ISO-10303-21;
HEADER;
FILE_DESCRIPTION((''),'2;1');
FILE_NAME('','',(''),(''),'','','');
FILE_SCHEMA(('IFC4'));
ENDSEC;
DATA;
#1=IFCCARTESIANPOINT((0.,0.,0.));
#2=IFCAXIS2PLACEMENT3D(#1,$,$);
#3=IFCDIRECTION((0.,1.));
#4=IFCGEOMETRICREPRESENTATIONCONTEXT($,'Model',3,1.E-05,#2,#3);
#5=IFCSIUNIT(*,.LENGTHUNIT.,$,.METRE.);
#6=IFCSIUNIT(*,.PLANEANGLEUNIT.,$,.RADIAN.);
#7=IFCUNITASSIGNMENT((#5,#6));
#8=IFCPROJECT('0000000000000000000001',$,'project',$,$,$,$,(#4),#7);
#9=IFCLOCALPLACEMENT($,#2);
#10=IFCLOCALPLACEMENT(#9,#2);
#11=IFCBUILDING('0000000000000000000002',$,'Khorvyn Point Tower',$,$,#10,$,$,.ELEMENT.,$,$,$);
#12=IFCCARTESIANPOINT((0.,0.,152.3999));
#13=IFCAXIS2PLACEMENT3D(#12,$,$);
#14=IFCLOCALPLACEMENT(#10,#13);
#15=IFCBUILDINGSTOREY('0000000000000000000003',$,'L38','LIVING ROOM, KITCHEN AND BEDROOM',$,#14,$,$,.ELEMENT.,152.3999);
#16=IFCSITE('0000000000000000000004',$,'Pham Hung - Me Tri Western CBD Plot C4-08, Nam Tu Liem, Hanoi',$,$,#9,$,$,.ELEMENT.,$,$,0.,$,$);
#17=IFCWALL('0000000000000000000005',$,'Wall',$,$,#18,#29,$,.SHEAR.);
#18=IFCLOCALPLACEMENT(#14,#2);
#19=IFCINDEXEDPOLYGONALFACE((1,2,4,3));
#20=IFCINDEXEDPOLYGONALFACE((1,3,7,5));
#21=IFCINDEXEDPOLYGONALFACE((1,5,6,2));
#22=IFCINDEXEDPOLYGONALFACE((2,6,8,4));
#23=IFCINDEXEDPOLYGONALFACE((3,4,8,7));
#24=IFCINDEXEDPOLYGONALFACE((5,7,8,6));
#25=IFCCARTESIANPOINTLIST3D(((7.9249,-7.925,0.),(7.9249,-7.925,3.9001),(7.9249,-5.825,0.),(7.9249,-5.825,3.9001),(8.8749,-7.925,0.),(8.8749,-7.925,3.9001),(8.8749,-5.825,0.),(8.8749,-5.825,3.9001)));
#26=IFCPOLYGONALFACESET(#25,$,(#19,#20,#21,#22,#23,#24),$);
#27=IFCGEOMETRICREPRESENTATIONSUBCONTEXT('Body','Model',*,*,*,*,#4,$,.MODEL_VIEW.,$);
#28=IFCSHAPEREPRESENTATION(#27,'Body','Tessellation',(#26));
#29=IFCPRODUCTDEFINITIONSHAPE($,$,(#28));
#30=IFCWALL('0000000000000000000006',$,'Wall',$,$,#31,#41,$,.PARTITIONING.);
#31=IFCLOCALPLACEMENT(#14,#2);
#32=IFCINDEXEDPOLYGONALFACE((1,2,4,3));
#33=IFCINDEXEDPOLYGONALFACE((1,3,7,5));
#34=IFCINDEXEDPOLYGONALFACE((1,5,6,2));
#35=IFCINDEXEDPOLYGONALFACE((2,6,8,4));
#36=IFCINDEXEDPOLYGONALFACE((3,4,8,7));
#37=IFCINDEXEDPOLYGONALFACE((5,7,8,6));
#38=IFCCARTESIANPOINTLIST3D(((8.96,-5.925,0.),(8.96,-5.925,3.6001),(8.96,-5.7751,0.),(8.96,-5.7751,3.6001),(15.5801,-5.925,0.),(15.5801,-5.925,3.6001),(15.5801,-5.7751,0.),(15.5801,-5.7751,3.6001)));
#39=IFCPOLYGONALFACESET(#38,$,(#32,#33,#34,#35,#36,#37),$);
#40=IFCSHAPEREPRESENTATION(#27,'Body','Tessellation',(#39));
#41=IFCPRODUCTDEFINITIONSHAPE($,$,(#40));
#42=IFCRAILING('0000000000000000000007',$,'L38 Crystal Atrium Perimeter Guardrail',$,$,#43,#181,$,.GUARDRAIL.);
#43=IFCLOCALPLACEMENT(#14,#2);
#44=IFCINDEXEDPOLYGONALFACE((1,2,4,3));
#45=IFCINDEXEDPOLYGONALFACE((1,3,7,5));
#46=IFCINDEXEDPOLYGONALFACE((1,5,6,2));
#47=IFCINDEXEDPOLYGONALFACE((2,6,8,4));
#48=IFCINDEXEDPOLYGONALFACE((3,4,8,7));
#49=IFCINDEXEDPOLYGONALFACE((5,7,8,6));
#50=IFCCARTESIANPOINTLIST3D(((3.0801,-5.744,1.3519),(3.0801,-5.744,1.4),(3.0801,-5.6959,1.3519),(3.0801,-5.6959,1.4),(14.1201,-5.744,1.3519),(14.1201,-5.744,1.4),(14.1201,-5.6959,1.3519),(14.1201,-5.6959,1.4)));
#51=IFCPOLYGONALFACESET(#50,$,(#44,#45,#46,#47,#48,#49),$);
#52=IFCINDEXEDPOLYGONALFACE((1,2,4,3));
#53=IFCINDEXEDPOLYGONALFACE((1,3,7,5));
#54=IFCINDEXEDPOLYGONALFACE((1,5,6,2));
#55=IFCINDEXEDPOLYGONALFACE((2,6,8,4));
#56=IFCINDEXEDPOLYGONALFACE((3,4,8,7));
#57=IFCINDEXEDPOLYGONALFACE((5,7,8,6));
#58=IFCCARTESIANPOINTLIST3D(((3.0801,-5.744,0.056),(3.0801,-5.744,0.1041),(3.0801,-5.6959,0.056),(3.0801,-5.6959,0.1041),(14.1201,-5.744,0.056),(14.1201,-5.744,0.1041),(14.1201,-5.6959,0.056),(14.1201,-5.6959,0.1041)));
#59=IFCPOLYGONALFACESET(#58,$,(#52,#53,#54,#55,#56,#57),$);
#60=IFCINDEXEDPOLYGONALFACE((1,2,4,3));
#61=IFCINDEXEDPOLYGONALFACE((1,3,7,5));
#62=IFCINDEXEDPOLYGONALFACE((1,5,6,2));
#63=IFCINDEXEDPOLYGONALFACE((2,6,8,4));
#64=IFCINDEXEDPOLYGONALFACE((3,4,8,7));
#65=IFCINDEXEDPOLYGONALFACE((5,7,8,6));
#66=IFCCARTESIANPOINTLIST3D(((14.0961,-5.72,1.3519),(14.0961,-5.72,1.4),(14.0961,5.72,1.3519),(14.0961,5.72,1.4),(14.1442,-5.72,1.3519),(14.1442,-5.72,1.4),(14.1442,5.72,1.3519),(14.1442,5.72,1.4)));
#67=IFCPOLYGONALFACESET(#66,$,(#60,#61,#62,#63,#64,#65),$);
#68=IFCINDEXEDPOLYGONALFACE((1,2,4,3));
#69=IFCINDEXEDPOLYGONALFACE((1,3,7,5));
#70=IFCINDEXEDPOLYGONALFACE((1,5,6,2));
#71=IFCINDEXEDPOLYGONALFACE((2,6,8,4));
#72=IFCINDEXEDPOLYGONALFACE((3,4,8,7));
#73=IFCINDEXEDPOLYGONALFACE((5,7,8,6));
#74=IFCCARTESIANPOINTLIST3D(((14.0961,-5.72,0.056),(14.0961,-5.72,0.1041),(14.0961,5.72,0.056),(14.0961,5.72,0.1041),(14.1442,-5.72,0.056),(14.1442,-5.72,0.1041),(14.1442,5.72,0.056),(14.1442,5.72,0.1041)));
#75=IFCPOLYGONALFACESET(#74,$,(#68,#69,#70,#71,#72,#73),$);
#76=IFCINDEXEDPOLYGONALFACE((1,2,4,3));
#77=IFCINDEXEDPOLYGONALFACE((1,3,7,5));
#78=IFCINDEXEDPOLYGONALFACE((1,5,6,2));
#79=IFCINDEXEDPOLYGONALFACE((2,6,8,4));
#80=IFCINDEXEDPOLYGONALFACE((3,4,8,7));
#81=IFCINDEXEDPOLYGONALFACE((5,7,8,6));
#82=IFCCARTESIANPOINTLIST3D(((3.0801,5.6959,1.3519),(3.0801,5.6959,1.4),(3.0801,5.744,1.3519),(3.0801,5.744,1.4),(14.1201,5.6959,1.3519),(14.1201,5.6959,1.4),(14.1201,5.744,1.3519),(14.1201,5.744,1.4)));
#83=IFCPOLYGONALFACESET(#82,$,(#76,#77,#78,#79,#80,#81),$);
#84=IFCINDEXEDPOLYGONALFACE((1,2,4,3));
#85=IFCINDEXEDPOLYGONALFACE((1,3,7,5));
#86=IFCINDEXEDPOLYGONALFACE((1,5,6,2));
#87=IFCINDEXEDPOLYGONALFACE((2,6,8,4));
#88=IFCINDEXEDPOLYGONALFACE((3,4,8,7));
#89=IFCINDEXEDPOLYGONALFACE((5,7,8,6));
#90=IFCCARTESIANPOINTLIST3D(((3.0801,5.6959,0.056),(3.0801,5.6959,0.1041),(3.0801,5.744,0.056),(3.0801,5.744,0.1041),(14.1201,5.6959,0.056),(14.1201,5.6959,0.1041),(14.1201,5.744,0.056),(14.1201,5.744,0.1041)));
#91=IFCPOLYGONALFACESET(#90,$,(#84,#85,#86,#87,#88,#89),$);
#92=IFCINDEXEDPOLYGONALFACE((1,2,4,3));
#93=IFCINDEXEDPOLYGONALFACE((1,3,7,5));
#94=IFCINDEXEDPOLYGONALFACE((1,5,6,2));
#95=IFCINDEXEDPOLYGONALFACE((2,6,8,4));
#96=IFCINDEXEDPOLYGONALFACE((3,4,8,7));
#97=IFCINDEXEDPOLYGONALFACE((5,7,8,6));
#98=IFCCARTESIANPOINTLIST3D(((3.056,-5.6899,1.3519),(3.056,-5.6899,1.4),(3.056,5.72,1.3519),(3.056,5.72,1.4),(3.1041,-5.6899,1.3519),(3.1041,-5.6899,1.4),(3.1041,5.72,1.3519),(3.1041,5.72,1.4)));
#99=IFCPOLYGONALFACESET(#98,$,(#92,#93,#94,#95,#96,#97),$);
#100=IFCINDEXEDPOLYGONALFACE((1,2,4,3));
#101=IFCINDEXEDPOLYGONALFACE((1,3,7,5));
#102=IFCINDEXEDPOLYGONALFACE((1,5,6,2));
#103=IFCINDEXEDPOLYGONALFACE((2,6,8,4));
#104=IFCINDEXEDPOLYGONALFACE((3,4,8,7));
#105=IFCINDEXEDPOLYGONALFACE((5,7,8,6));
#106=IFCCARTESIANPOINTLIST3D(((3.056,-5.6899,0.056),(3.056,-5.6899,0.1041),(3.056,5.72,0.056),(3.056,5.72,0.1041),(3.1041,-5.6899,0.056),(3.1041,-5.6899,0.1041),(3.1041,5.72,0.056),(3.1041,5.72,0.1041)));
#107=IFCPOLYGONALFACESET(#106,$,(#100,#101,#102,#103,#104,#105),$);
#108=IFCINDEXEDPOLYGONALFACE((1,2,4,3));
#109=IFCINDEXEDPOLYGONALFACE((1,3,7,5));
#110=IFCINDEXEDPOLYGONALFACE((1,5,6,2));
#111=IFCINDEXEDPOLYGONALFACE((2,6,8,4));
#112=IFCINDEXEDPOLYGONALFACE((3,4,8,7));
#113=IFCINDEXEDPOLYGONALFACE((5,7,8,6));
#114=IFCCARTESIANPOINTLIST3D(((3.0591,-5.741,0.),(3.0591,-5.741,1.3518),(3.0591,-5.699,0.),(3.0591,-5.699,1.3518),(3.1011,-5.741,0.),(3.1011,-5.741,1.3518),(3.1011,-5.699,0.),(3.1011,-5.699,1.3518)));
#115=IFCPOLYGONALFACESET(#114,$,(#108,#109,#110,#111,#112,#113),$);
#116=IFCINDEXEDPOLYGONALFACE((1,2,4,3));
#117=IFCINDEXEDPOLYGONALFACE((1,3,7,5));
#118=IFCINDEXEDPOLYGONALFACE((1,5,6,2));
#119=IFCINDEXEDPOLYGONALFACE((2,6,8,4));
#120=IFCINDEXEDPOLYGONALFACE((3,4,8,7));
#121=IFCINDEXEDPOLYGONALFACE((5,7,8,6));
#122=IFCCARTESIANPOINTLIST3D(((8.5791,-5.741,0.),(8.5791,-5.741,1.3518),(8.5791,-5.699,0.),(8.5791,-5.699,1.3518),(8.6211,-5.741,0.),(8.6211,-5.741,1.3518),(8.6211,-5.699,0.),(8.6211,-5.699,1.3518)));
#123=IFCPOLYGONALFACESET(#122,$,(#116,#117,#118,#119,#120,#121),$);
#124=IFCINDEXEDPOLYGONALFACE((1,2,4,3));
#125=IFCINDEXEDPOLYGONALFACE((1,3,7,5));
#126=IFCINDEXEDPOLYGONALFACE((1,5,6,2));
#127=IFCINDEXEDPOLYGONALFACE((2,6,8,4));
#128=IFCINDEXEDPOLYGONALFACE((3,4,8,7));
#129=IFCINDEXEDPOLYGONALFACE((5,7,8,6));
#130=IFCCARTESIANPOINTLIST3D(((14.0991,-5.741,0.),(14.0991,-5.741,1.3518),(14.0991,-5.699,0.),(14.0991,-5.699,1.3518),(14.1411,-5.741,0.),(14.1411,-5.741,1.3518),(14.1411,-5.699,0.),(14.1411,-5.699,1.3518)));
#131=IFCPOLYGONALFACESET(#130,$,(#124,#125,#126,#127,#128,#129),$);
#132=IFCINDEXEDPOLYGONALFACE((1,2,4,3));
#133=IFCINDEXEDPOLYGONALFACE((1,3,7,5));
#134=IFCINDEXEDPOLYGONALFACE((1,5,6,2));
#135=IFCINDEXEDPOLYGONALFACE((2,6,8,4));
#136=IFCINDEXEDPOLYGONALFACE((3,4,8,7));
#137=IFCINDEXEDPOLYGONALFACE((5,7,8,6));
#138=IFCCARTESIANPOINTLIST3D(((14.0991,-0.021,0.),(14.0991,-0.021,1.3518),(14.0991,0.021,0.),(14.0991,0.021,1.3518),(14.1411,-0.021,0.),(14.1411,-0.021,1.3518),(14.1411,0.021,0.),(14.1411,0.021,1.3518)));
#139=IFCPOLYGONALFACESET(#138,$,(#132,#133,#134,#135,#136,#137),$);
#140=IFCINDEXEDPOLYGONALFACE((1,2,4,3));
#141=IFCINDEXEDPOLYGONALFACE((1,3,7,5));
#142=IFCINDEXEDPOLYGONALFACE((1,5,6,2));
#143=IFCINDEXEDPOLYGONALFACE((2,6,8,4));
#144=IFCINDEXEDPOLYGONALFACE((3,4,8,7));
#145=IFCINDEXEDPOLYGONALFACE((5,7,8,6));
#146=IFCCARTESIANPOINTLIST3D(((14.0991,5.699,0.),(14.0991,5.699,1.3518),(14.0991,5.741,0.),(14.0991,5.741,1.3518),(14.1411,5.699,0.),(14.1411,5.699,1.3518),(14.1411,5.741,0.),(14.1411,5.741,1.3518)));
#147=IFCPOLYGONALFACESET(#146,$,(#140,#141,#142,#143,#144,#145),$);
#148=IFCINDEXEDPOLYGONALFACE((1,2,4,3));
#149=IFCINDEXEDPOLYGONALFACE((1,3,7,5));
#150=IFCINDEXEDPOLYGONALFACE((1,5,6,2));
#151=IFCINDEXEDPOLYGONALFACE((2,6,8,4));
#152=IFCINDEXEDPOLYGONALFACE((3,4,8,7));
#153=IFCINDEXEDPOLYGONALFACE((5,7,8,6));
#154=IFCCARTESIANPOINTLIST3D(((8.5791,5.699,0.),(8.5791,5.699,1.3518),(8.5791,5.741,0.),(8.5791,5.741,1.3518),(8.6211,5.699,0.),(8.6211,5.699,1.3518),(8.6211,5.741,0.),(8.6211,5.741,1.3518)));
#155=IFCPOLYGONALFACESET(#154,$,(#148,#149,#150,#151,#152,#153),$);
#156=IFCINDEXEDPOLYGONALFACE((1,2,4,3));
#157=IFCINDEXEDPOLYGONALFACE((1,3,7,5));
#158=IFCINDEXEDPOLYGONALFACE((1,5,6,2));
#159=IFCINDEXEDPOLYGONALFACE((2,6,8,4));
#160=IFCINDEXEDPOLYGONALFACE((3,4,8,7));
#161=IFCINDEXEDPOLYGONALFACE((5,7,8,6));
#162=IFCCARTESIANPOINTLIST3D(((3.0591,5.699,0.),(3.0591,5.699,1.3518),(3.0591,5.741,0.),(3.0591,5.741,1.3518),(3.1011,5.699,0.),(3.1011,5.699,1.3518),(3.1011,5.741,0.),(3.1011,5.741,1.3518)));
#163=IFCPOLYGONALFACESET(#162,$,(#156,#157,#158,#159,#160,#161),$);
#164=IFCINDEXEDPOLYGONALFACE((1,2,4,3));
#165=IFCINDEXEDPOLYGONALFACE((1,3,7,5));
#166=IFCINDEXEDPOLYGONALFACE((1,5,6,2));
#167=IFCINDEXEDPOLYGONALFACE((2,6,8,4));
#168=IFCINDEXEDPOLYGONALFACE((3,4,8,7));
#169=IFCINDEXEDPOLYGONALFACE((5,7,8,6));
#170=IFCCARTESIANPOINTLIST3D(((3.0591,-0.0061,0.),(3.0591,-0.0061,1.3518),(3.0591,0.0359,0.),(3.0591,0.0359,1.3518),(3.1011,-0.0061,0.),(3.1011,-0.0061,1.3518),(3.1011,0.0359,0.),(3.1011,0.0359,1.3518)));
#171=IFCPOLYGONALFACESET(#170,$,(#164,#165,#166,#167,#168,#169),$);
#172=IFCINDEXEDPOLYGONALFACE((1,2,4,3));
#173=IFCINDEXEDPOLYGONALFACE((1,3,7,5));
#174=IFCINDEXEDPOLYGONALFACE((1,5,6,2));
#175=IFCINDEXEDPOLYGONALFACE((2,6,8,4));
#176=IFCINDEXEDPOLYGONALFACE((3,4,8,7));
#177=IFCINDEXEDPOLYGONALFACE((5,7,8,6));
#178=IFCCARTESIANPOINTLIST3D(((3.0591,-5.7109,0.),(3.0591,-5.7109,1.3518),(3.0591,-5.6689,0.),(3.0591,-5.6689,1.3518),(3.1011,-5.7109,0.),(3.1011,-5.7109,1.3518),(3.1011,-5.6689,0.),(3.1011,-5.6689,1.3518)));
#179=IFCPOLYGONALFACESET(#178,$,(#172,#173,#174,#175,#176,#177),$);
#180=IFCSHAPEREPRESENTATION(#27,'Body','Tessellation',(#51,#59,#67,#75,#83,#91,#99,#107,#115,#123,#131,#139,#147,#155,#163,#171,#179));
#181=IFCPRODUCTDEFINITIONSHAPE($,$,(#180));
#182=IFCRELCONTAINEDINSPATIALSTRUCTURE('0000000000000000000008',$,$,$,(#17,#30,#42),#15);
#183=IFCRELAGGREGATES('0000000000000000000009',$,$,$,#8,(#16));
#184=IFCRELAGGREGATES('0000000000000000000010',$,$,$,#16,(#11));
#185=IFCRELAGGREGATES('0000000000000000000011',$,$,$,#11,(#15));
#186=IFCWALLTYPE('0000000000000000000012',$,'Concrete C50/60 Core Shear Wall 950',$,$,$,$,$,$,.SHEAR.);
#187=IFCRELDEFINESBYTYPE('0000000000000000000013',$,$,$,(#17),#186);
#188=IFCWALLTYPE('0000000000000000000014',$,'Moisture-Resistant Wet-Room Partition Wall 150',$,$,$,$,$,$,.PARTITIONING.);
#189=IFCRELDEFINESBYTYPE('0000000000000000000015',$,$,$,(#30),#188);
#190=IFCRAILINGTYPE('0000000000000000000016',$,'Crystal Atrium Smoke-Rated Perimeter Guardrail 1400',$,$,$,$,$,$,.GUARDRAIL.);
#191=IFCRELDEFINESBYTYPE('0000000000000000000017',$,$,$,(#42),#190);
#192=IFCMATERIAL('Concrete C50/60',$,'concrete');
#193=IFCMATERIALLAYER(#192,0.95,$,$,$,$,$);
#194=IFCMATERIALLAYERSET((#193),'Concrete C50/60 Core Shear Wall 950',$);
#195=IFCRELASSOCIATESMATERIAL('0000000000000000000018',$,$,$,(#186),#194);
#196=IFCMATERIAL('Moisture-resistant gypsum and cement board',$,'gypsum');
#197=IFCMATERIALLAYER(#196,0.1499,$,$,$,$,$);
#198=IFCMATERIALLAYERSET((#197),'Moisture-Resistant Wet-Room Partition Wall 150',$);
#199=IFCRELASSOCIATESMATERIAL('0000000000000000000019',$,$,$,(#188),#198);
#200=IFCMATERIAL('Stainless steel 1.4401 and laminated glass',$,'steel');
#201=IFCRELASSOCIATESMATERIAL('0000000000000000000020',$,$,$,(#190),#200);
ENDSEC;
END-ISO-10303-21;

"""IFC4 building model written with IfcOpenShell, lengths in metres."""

from ifc_helpers import new_model, si_unit, direction, frame, frame_2d, origin, origin_2d, place, context, subcontext, project, spatial, rectangle, extrude, material, layer, layer_set, type_object, element, save


model = new_model("IFC4")

# Units and contexts
model_context = context("Model", 3, precision=1e-05, world=origin(), true_north=direction((0.0, 1.0)))
body_context = subcontext(model_context, "Body", "Model", "MODEL_VIEW")
ifc_project = project(units=[si_unit("LENGTHUNIT", "METRE"), si_unit("PLANEANGLEUNIT", "RADIAN")], contexts=[model_context])

# Site, building, storey
site_placement = place(None, origin())
site = spatial("IfcSite", under=ifc_project, at=site_placement, Name="Pham Hung - Me Tri Western CBD Plot C4-08, Nam Tu Liem, Hanoi", CompositionType="ELEMENT", RefElevation=0.0)
building_placement = place(site_placement, origin())
building = spatial("IfcBuilding", under=site, at=building_placement, Name="Khorvyn Point Tower", CompositionType="ELEMENT")
storey_placement = place(building_placement, frame((0.0, 0.0, 152.3999)))
storey = spatial("IfcBuildingStorey", under=building, at=storey_placement, Name="L38", Description="LIVING ROOM, KITCHEN AND BEDROOM", CompositionType="ELEMENT", Elevation=152.3999)

# Shared definitions
ifc_material_1 = material(Name="Concrete C50/60", Category="concrete")

# Walls
ifc_layer_1 = layer(ifc_material_1, 0.95)
ifc_layer_set_1 = layer_set([ifc_layer_1], Name="Concrete C50/60 Core Shear Wall 950")
wall_type_1 = type_object("IfcWallType", Name="Concrete C50/60 Core Shear Wall 950", PredefinedType="SHEAR", material=ifc_layer_set_1)
wall_1_placement = place(storey_placement, frame((8.3999, -7.925, 0.0), z_axis=(0.0, 0.0, 1.0), x_axis=(0.0, 1.0, 0.0)))
element("IfcWall", 1, at=wall_1_placement, inside=storey, type_object=wall_type_1, Name="Wall", PredefinedType="SHEAR", context=body_context, shape_type="SweptSolid", body=[
    extrude(rectangle(XDim=2.1001, YDim=0.95, at=frame_2d((1.05, 0.0))), origin(), (0.0, 0.0, 1.0), 3.9001),
])
ifc_material_2 = material(Name="Moisture-resistant gypsum and cement board", Category="gypsum")
ifc_layer_2 = layer(ifc_material_2, 0.1499)
ifc_layer_set_2 = layer_set([ifc_layer_2], Name="Moisture-Resistant Wet-Room Partition Wall 150")
wall_type_2 = type_object("IfcWallType", Name="Moisture-Resistant Wet-Room Partition Wall 150", PredefinedType="PARTITIONING", material=ifc_layer_set_2)
wall_2_placement = place(storey_placement, frame((8.96, -5.8501, 0.0), z_axis=(0.0, 0.0, 1.0), x_axis=(1.0, 0.0, 0.0)))
element("IfcWall", 2, at=wall_2_placement, inside=storey, type_object=wall_type_2, Name="Wall", PredefinedType="PARTITIONING", context=body_context, shape_type="SweptSolid", body=[
    extrude(rectangle(XDim=6.6201, YDim=0.1499, at=frame_2d((3.3101, 0.0))), origin(), (0.0, 0.0, 1.0), 3.6001),
])

# Railing
ifc_material_3 = material(Name="Stainless steel 1.4401 and laminated glass", Category="steel")
railing_type = type_object("IfcRailingType", Name="Crystal Atrium Smoke-Rated Perimeter Guardrail 1400", PredefinedType="GUARDRAIL", material=ifc_material_3)
railing_placement = place(storey_placement, frame((3.0801, -5.72, 0.0)))
element("IfcRailing", 3, at=railing_placement, inside=storey, type_object=railing_type, Name="L38 Crystal Atrium Perimeter Guardrail", PredefinedType="GUARDRAIL", context=body_context, shape_type="SweptSolid", body=[
    extrude(rectangle(XDim=0.0481, YDim=0.0481, at=origin_2d()), frame((0.0, 0.0, 1.376), z_axis=(1.0, 0.0, 0.0), x_axis=(0.0, 1.0, 0.0)), (0.0, 0.0, 1.0), 11.04),
    extrude(rectangle(XDim=0.0481, YDim=0.0481, at=origin_2d()), frame((0.0, 0.0, 0.0801), z_axis=(1.0, 0.0, 0.0), x_axis=(0.0, 1.0, 0.0)), (0.0, 0.0, 1.0), 11.04),
    extrude(rectangle(XDim=0.0481, YDim=0.0481, at=origin_2d()), frame((11.04, 0.0, 1.376), z_axis=(0.0, 1.0, 0.0), x_axis=(-1.0, 0.0, 0.0)), (0.0, 0.0, 1.0), 11.4399),
    extrude(rectangle(XDim=0.0481, YDim=0.0481, at=origin_2d()), frame((11.04, 0.0, 0.0801), z_axis=(0.0, 1.0, 0.0), x_axis=(-1.0, 0.0, 0.0)), (0.0, 0.0, 1.0), 11.4399),
    extrude(rectangle(XDim=0.0481, YDim=0.0481, at=origin_2d()), frame((11.04, 11.4399, 1.376), z_axis=(-1.0, 0.0, 0.0), x_axis=(0.0, -1.0, 0.0)), (0.0, 0.0, 1.0), 11.04),
    extrude(rectangle(XDim=0.0481, YDim=0.0481, at=origin_2d()), frame((11.04, 11.4399, 0.0801), z_axis=(-1.0, 0.0, 0.0), x_axis=(0.0, -1.0, 0.0)), (0.0, 0.0, 1.0), 11.04),
    extrude(rectangle(XDim=0.0481, YDim=0.0481, at=origin_2d()), frame((0.0, 11.4399, 1.376), z_axis=(0.0, -1.0, 0.0), x_axis=(1.0, 0.0, 0.0)), (0.0, 0.0, 1.0), 11.4099),
    extrude(rectangle(XDim=0.0481, YDim=0.0481, at=origin_2d()), frame((0.0, 11.4399, 0.0801), z_axis=(0.0, -1.0, 0.0), x_axis=(1.0, 0.0, 0.0)), (0.0, 0.0, 1.0), 11.4099),
    extrude(rectangle(XDim=0.042, YDim=0.042, at=origin_2d()), origin(), (0.0, 0.0, 1.0), 1.3518),
    extrude(rectangle(XDim=0.042, YDim=0.042, at=origin_2d()), frame((5.52, 0.0, 0.0)), (0.0, 0.0, 1.0), 1.3518),
    extrude(rectangle(XDim=0.042, YDim=0.042, at=origin_2d()), frame((11.04, 0.0, 0.0)), (0.0, 0.0, 1.0), 1.3518),
    extrude(rectangle(XDim=0.042, YDim=0.042, at=origin_2d()), frame((11.04, 5.72, 0.0)), (0.0, 0.0, 1.0), 1.3518),
    extrude(rectangle(XDim=0.042, YDim=0.042, at=origin_2d()), frame((11.04, 11.4399, 0.0)), (0.0, 0.0, 1.0), 1.3518),
    extrude(rectangle(XDim=0.042, YDim=0.042, at=origin_2d()), frame((5.52, 11.4399, 0.0)), (0.0, 0.0, 1.0), 1.3518),
    extrude(rectangle(XDim=0.042, YDim=0.042, at=origin_2d()), frame((0.0, 11.4399, 0.0)), (0.0, 0.0, 1.0), 1.3518),
    extrude(rectangle(XDim=0.042, YDim=0.042, at=origin_2d()), frame((0.0, 5.7349, 0.0)), (0.0, 0.0, 1.0), 1.3518),
    extrude(rectangle(XDim=0.042, YDim=0.042, at=origin_2d()), frame((0.0, 0.03, 0.0)), (0.0, 0.0, 1.0), 1.3518),
])

save(model, "model.ifc")
